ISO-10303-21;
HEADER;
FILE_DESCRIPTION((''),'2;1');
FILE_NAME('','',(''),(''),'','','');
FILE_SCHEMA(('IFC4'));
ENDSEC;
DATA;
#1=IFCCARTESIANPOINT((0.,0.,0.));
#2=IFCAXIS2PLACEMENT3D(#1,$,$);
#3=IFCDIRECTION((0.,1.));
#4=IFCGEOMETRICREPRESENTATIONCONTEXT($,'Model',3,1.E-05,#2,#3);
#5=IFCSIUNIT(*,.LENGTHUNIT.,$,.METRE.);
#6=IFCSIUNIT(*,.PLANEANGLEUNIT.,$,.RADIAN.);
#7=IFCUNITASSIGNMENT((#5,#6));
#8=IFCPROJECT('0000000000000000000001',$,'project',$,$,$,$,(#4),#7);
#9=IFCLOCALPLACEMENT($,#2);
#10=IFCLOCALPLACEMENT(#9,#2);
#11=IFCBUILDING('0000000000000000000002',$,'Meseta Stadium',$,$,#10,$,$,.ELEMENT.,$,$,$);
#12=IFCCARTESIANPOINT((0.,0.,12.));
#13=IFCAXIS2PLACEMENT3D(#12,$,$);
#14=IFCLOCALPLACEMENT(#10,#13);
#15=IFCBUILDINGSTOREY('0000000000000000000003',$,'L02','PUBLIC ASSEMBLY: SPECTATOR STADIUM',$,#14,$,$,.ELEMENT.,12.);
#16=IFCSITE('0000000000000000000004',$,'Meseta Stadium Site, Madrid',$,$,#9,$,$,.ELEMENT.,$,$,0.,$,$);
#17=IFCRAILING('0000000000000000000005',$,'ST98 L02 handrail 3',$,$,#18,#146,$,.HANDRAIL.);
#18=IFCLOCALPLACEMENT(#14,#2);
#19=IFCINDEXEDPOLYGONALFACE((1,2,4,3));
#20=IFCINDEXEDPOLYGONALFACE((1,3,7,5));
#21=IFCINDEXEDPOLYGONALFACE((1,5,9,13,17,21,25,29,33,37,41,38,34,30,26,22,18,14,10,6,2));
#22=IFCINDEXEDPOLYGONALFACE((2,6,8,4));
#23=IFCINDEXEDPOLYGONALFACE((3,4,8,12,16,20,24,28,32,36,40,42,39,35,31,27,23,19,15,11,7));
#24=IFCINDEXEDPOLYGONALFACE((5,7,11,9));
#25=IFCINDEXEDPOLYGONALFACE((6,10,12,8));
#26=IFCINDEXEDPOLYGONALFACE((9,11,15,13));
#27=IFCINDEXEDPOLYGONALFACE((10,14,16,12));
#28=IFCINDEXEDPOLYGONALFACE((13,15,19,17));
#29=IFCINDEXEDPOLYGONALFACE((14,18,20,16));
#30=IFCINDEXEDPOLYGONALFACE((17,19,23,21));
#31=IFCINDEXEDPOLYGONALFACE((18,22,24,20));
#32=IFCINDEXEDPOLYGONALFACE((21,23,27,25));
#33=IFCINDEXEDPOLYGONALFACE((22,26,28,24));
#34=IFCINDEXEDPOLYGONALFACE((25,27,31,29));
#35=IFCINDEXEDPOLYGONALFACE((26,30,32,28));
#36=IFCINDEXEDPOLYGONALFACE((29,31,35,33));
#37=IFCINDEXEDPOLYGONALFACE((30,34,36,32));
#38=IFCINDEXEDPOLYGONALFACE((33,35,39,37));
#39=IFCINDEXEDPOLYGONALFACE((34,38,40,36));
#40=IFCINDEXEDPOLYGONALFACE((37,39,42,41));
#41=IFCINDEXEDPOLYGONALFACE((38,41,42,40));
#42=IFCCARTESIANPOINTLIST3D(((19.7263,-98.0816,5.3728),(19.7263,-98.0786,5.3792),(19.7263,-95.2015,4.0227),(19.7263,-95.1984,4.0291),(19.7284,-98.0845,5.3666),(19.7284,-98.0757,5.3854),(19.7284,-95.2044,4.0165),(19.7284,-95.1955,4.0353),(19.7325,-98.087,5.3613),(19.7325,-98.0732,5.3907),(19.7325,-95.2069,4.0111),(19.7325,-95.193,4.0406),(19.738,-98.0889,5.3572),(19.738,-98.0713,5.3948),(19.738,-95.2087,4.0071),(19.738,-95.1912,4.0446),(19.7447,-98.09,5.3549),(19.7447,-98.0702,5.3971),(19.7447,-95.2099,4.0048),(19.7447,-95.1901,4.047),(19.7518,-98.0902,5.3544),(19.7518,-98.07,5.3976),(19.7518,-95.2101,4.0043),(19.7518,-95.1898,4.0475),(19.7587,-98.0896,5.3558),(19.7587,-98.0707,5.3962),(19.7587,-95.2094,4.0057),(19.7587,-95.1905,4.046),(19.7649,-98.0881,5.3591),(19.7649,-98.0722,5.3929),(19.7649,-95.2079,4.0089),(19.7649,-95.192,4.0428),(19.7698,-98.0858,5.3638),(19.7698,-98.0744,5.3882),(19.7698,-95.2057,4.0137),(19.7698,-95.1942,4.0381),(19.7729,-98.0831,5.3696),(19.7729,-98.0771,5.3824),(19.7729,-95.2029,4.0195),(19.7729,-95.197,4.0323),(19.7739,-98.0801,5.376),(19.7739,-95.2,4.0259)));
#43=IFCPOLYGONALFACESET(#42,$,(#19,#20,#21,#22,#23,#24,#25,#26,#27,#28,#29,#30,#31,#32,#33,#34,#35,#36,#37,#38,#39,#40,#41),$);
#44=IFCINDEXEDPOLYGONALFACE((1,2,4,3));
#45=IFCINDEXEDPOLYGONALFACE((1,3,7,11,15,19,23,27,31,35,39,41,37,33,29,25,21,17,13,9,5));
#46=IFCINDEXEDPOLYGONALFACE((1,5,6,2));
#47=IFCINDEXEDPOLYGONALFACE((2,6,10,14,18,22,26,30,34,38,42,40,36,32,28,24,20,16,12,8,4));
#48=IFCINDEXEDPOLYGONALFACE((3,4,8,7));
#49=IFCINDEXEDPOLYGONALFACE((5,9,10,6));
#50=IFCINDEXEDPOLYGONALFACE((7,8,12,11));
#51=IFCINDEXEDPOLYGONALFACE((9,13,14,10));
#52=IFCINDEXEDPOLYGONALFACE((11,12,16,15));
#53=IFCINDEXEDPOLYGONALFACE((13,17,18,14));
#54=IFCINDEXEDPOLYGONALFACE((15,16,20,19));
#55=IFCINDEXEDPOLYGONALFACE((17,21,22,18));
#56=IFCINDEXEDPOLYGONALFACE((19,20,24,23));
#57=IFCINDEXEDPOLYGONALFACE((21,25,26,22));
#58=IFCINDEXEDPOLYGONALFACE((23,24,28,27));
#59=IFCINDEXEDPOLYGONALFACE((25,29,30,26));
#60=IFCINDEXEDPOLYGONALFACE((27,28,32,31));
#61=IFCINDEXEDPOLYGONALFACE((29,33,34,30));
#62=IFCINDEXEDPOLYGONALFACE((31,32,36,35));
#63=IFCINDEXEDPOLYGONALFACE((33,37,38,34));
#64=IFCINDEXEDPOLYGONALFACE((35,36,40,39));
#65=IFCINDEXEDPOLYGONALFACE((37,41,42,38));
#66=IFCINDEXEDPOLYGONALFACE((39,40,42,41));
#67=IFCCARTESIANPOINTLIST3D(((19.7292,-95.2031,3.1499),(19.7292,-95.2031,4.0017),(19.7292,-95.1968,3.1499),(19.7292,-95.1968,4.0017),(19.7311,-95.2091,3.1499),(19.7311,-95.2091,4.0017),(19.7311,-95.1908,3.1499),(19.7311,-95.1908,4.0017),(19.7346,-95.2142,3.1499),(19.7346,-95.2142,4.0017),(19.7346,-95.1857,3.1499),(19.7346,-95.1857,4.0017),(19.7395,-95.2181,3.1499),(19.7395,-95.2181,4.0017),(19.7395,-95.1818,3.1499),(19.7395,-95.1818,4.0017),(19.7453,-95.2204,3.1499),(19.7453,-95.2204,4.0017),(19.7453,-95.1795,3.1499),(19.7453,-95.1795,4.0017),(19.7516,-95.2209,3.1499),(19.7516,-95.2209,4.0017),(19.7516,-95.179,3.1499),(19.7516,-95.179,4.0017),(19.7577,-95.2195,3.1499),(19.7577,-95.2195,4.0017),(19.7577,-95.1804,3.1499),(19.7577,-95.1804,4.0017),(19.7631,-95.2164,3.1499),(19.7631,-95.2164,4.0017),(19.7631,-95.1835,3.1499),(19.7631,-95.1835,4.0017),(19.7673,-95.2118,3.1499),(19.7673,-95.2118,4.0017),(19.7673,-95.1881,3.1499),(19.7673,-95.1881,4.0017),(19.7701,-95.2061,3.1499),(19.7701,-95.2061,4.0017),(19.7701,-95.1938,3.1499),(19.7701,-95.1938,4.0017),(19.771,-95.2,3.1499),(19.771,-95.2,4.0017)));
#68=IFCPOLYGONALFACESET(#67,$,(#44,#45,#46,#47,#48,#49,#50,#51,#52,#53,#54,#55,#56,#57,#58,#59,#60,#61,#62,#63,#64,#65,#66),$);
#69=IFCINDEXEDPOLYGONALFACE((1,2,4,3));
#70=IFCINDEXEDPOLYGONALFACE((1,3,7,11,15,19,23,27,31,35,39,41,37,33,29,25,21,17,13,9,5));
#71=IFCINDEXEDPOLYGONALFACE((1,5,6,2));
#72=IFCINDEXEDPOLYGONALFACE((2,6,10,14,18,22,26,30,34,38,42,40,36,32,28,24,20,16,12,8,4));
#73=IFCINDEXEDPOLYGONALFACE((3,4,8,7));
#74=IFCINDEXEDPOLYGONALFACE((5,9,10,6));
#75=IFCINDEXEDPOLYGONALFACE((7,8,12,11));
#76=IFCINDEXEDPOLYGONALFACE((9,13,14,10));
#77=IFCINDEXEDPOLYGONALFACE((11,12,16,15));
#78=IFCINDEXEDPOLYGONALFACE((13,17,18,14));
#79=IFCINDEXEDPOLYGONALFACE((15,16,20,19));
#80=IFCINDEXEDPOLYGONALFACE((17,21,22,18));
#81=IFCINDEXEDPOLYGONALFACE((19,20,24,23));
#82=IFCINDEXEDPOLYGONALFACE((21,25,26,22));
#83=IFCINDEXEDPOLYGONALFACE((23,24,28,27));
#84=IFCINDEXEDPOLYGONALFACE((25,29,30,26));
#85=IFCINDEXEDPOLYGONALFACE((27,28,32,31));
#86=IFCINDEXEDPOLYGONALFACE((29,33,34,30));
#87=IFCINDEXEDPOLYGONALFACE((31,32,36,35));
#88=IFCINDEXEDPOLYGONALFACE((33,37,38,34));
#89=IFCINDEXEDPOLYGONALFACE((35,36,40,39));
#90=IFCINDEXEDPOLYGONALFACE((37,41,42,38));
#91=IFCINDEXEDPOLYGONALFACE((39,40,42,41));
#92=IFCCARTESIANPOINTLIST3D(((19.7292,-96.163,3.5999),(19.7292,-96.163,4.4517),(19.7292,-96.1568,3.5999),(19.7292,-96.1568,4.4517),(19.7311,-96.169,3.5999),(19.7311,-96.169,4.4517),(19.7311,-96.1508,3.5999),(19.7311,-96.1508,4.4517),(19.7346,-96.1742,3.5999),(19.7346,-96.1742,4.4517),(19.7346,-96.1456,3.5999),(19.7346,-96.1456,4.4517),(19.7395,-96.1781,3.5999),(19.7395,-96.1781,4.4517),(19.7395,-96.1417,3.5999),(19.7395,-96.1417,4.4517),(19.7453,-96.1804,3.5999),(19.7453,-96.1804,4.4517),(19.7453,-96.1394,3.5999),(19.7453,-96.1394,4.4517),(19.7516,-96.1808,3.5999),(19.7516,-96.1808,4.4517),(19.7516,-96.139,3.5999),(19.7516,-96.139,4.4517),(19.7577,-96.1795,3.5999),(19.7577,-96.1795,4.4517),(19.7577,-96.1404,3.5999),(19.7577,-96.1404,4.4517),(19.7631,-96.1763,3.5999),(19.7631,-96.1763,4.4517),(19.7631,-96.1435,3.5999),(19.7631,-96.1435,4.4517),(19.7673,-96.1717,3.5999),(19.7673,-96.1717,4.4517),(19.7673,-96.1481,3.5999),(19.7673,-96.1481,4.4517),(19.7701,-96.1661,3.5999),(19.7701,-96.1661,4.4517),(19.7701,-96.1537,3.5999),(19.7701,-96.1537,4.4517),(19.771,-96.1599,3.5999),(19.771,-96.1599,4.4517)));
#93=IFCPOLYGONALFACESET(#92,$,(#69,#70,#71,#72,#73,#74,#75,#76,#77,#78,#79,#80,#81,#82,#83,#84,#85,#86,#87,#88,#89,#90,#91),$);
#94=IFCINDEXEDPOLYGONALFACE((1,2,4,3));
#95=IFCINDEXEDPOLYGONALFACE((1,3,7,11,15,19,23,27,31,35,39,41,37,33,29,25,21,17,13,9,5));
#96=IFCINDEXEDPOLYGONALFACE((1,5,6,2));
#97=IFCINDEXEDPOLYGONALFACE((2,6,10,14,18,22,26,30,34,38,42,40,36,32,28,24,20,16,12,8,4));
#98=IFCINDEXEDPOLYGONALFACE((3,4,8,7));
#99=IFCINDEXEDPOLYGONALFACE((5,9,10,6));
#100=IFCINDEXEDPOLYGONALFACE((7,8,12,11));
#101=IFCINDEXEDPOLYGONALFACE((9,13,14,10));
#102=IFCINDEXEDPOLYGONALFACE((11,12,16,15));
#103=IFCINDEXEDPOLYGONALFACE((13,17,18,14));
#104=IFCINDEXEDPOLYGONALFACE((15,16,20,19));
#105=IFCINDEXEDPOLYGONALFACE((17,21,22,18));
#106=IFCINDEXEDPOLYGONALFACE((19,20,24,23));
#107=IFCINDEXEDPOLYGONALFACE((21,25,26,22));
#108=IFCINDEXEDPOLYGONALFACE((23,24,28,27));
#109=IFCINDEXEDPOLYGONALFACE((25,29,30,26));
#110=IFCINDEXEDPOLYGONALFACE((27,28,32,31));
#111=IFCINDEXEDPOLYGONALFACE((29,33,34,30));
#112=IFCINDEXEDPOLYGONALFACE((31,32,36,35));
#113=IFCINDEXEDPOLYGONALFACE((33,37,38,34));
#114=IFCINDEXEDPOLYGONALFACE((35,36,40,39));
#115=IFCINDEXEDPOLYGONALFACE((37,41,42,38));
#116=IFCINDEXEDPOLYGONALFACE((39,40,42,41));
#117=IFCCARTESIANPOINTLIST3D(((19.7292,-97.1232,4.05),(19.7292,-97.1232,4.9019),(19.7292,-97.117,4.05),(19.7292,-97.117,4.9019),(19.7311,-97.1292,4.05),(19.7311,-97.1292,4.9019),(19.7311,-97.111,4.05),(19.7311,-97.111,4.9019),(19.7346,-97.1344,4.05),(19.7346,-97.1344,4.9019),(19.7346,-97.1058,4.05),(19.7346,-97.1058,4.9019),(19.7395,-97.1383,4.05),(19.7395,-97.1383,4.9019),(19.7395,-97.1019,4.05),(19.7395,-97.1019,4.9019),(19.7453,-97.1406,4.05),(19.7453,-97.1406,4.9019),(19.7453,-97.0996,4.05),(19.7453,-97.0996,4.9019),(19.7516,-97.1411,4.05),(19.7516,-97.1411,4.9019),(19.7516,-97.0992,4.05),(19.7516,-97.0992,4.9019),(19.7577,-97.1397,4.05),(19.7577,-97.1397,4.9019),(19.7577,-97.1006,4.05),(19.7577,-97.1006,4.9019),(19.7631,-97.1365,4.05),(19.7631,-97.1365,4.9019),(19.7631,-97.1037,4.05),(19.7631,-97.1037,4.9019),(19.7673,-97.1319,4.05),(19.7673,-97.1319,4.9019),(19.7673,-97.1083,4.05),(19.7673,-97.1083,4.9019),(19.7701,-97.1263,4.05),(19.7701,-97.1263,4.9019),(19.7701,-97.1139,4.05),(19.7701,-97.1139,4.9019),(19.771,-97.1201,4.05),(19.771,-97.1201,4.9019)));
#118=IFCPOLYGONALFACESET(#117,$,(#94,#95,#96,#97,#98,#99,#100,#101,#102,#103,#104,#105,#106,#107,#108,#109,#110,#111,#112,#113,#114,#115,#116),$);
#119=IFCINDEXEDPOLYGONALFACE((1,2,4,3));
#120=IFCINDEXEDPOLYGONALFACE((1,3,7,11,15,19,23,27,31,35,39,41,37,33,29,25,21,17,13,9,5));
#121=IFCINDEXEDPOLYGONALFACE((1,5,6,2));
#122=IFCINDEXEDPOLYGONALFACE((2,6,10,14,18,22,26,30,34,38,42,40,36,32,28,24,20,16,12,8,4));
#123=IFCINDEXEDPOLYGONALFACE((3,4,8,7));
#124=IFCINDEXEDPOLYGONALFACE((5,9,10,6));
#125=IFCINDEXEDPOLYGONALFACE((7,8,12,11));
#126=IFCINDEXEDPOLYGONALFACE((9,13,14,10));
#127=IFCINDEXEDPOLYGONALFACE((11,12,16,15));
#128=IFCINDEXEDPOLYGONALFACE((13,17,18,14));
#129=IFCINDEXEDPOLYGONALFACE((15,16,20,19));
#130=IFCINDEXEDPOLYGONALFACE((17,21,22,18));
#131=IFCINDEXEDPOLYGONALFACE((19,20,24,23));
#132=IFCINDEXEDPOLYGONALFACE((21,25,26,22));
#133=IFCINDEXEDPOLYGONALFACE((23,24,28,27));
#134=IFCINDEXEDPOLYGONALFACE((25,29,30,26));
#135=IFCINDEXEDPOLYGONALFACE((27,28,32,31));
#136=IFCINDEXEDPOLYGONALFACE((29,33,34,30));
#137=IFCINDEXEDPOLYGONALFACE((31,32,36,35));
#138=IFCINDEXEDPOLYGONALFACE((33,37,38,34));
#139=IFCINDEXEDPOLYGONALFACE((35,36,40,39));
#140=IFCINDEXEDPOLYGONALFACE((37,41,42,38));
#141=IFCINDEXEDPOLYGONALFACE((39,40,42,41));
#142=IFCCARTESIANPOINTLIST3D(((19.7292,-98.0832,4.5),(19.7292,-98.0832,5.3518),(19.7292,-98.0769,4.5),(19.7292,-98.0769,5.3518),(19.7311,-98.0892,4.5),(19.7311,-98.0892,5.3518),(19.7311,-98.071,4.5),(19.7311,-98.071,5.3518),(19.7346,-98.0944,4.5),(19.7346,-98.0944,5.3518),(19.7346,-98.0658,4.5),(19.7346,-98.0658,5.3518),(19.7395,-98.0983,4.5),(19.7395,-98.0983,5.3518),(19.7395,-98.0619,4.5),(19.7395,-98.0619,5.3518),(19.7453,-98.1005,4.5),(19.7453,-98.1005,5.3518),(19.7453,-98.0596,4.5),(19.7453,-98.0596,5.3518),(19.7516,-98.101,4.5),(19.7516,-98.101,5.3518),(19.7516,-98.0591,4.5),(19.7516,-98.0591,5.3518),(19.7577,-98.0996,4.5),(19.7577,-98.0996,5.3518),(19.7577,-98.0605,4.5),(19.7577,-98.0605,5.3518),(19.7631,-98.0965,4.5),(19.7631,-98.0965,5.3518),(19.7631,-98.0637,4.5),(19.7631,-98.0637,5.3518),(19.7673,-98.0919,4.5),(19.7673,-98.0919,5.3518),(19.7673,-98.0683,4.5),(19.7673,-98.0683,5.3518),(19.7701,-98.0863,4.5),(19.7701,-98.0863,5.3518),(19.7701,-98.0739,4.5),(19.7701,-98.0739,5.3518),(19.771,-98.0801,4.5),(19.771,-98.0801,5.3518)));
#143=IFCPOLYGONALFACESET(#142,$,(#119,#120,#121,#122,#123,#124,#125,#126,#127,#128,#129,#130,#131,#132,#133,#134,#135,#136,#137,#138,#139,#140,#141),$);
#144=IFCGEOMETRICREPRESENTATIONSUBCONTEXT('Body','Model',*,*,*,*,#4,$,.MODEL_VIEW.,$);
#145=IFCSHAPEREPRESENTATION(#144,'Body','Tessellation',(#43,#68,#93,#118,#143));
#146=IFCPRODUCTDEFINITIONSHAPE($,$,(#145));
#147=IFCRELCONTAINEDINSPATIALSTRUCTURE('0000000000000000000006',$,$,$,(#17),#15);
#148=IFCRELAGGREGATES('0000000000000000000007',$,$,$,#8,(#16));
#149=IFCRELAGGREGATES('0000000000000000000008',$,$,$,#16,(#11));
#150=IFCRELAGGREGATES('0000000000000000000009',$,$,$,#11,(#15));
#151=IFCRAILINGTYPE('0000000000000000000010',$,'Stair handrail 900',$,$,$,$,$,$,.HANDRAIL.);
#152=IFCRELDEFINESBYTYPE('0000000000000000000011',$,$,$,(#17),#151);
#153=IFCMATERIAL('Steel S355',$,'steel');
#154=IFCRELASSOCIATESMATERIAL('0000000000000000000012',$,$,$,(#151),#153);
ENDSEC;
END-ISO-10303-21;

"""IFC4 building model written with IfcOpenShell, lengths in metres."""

from ifc_helpers import new_model, si_unit, direction, frame, origin, origin_2d, place, context, subcontext, project, spatial, circle, extrude, material, type_object, element, save


model = new_model("IFC4")

# Units and contexts
model_context = context("Model", 3, precision=1e-05, world=origin(), true_north=direction((0.0, 1.0)))
body_context = subcontext(model_context, "Body", "Model", "MODEL_VIEW")
ifc_project = project(units=[si_unit("LENGTHUNIT", "METRE"), si_unit("PLANEANGLEUNIT", "RADIAN")], contexts=[model_context])

# Site, building, storey
site_placement = place(None, origin())
site = spatial("IfcSite", under=ifc_project, at=site_placement, Name="Meseta Stadium Site, Madrid", CompositionType="ELEMENT", RefElevation=0.0)
building_placement = place(site_placement, origin())
building = spatial("IfcBuilding", under=site, at=building_placement, Name="Meseta Stadium", CompositionType="ELEMENT")
storey_placement = place(building_placement, frame((0.0, 0.0, 12.0)))
storey = spatial("IfcBuildingStorey", under=building, at=storey_placement, Name="L02", Description="PUBLIC ASSEMBLY: SPECTATOR STADIUM", CompositionType="ELEMENT", Elevation=12.0)

# Railing
ifc_material_1 = material(Name="Steel S355", Category="steel")
railing_type_1 = type_object("IfcRailingType", Name="Stair handrail 900", PredefinedType="HANDRAIL", material=ifc_material_1)
railing_1_placement = place(storey_placement, frame((19.75, -95.2, 3.1499)))
element("IfcRailing", 1, at=railing_1_placement, inside=storey, type_object=railing_type_1, Name="ST98 L02 handrail 3", PredefinedType="HANDRAIL", context=body_context, shape_type="SweptSolid", body=[
    extrude(circle(Radius=0.0239, at=origin_2d()), frame((0.0, 0.0, 0.876), z_axis=(0.0, -0.905454, 0.424444), x_axis=(1.0, 0.0, 0.0)), (0.0, 0.0, 1.0), 3.1809),
    extrude(circle(Radius=0.021, at=origin_2d()), origin(), (0.0, 0.0, 1.0), 0.8518),
    extrude(circle(Radius=0.021, at=origin_2d()), frame((0.0, -0.96, 0.45)), (0.0, 0.0, 1.0), 0.8518),
    extrude(circle(Radius=0.021, at=origin_2d()), frame((0.0, -1.9202, 0.9001)), (0.0, 0.0, 1.0), 0.8518),
    extrude(circle(Radius=0.021, at=origin_2d()), frame((0.0, -2.8801, 1.3501)), (0.0, 0.0, 1.0), 0.8518),
])

save(model, "model.ifc")
